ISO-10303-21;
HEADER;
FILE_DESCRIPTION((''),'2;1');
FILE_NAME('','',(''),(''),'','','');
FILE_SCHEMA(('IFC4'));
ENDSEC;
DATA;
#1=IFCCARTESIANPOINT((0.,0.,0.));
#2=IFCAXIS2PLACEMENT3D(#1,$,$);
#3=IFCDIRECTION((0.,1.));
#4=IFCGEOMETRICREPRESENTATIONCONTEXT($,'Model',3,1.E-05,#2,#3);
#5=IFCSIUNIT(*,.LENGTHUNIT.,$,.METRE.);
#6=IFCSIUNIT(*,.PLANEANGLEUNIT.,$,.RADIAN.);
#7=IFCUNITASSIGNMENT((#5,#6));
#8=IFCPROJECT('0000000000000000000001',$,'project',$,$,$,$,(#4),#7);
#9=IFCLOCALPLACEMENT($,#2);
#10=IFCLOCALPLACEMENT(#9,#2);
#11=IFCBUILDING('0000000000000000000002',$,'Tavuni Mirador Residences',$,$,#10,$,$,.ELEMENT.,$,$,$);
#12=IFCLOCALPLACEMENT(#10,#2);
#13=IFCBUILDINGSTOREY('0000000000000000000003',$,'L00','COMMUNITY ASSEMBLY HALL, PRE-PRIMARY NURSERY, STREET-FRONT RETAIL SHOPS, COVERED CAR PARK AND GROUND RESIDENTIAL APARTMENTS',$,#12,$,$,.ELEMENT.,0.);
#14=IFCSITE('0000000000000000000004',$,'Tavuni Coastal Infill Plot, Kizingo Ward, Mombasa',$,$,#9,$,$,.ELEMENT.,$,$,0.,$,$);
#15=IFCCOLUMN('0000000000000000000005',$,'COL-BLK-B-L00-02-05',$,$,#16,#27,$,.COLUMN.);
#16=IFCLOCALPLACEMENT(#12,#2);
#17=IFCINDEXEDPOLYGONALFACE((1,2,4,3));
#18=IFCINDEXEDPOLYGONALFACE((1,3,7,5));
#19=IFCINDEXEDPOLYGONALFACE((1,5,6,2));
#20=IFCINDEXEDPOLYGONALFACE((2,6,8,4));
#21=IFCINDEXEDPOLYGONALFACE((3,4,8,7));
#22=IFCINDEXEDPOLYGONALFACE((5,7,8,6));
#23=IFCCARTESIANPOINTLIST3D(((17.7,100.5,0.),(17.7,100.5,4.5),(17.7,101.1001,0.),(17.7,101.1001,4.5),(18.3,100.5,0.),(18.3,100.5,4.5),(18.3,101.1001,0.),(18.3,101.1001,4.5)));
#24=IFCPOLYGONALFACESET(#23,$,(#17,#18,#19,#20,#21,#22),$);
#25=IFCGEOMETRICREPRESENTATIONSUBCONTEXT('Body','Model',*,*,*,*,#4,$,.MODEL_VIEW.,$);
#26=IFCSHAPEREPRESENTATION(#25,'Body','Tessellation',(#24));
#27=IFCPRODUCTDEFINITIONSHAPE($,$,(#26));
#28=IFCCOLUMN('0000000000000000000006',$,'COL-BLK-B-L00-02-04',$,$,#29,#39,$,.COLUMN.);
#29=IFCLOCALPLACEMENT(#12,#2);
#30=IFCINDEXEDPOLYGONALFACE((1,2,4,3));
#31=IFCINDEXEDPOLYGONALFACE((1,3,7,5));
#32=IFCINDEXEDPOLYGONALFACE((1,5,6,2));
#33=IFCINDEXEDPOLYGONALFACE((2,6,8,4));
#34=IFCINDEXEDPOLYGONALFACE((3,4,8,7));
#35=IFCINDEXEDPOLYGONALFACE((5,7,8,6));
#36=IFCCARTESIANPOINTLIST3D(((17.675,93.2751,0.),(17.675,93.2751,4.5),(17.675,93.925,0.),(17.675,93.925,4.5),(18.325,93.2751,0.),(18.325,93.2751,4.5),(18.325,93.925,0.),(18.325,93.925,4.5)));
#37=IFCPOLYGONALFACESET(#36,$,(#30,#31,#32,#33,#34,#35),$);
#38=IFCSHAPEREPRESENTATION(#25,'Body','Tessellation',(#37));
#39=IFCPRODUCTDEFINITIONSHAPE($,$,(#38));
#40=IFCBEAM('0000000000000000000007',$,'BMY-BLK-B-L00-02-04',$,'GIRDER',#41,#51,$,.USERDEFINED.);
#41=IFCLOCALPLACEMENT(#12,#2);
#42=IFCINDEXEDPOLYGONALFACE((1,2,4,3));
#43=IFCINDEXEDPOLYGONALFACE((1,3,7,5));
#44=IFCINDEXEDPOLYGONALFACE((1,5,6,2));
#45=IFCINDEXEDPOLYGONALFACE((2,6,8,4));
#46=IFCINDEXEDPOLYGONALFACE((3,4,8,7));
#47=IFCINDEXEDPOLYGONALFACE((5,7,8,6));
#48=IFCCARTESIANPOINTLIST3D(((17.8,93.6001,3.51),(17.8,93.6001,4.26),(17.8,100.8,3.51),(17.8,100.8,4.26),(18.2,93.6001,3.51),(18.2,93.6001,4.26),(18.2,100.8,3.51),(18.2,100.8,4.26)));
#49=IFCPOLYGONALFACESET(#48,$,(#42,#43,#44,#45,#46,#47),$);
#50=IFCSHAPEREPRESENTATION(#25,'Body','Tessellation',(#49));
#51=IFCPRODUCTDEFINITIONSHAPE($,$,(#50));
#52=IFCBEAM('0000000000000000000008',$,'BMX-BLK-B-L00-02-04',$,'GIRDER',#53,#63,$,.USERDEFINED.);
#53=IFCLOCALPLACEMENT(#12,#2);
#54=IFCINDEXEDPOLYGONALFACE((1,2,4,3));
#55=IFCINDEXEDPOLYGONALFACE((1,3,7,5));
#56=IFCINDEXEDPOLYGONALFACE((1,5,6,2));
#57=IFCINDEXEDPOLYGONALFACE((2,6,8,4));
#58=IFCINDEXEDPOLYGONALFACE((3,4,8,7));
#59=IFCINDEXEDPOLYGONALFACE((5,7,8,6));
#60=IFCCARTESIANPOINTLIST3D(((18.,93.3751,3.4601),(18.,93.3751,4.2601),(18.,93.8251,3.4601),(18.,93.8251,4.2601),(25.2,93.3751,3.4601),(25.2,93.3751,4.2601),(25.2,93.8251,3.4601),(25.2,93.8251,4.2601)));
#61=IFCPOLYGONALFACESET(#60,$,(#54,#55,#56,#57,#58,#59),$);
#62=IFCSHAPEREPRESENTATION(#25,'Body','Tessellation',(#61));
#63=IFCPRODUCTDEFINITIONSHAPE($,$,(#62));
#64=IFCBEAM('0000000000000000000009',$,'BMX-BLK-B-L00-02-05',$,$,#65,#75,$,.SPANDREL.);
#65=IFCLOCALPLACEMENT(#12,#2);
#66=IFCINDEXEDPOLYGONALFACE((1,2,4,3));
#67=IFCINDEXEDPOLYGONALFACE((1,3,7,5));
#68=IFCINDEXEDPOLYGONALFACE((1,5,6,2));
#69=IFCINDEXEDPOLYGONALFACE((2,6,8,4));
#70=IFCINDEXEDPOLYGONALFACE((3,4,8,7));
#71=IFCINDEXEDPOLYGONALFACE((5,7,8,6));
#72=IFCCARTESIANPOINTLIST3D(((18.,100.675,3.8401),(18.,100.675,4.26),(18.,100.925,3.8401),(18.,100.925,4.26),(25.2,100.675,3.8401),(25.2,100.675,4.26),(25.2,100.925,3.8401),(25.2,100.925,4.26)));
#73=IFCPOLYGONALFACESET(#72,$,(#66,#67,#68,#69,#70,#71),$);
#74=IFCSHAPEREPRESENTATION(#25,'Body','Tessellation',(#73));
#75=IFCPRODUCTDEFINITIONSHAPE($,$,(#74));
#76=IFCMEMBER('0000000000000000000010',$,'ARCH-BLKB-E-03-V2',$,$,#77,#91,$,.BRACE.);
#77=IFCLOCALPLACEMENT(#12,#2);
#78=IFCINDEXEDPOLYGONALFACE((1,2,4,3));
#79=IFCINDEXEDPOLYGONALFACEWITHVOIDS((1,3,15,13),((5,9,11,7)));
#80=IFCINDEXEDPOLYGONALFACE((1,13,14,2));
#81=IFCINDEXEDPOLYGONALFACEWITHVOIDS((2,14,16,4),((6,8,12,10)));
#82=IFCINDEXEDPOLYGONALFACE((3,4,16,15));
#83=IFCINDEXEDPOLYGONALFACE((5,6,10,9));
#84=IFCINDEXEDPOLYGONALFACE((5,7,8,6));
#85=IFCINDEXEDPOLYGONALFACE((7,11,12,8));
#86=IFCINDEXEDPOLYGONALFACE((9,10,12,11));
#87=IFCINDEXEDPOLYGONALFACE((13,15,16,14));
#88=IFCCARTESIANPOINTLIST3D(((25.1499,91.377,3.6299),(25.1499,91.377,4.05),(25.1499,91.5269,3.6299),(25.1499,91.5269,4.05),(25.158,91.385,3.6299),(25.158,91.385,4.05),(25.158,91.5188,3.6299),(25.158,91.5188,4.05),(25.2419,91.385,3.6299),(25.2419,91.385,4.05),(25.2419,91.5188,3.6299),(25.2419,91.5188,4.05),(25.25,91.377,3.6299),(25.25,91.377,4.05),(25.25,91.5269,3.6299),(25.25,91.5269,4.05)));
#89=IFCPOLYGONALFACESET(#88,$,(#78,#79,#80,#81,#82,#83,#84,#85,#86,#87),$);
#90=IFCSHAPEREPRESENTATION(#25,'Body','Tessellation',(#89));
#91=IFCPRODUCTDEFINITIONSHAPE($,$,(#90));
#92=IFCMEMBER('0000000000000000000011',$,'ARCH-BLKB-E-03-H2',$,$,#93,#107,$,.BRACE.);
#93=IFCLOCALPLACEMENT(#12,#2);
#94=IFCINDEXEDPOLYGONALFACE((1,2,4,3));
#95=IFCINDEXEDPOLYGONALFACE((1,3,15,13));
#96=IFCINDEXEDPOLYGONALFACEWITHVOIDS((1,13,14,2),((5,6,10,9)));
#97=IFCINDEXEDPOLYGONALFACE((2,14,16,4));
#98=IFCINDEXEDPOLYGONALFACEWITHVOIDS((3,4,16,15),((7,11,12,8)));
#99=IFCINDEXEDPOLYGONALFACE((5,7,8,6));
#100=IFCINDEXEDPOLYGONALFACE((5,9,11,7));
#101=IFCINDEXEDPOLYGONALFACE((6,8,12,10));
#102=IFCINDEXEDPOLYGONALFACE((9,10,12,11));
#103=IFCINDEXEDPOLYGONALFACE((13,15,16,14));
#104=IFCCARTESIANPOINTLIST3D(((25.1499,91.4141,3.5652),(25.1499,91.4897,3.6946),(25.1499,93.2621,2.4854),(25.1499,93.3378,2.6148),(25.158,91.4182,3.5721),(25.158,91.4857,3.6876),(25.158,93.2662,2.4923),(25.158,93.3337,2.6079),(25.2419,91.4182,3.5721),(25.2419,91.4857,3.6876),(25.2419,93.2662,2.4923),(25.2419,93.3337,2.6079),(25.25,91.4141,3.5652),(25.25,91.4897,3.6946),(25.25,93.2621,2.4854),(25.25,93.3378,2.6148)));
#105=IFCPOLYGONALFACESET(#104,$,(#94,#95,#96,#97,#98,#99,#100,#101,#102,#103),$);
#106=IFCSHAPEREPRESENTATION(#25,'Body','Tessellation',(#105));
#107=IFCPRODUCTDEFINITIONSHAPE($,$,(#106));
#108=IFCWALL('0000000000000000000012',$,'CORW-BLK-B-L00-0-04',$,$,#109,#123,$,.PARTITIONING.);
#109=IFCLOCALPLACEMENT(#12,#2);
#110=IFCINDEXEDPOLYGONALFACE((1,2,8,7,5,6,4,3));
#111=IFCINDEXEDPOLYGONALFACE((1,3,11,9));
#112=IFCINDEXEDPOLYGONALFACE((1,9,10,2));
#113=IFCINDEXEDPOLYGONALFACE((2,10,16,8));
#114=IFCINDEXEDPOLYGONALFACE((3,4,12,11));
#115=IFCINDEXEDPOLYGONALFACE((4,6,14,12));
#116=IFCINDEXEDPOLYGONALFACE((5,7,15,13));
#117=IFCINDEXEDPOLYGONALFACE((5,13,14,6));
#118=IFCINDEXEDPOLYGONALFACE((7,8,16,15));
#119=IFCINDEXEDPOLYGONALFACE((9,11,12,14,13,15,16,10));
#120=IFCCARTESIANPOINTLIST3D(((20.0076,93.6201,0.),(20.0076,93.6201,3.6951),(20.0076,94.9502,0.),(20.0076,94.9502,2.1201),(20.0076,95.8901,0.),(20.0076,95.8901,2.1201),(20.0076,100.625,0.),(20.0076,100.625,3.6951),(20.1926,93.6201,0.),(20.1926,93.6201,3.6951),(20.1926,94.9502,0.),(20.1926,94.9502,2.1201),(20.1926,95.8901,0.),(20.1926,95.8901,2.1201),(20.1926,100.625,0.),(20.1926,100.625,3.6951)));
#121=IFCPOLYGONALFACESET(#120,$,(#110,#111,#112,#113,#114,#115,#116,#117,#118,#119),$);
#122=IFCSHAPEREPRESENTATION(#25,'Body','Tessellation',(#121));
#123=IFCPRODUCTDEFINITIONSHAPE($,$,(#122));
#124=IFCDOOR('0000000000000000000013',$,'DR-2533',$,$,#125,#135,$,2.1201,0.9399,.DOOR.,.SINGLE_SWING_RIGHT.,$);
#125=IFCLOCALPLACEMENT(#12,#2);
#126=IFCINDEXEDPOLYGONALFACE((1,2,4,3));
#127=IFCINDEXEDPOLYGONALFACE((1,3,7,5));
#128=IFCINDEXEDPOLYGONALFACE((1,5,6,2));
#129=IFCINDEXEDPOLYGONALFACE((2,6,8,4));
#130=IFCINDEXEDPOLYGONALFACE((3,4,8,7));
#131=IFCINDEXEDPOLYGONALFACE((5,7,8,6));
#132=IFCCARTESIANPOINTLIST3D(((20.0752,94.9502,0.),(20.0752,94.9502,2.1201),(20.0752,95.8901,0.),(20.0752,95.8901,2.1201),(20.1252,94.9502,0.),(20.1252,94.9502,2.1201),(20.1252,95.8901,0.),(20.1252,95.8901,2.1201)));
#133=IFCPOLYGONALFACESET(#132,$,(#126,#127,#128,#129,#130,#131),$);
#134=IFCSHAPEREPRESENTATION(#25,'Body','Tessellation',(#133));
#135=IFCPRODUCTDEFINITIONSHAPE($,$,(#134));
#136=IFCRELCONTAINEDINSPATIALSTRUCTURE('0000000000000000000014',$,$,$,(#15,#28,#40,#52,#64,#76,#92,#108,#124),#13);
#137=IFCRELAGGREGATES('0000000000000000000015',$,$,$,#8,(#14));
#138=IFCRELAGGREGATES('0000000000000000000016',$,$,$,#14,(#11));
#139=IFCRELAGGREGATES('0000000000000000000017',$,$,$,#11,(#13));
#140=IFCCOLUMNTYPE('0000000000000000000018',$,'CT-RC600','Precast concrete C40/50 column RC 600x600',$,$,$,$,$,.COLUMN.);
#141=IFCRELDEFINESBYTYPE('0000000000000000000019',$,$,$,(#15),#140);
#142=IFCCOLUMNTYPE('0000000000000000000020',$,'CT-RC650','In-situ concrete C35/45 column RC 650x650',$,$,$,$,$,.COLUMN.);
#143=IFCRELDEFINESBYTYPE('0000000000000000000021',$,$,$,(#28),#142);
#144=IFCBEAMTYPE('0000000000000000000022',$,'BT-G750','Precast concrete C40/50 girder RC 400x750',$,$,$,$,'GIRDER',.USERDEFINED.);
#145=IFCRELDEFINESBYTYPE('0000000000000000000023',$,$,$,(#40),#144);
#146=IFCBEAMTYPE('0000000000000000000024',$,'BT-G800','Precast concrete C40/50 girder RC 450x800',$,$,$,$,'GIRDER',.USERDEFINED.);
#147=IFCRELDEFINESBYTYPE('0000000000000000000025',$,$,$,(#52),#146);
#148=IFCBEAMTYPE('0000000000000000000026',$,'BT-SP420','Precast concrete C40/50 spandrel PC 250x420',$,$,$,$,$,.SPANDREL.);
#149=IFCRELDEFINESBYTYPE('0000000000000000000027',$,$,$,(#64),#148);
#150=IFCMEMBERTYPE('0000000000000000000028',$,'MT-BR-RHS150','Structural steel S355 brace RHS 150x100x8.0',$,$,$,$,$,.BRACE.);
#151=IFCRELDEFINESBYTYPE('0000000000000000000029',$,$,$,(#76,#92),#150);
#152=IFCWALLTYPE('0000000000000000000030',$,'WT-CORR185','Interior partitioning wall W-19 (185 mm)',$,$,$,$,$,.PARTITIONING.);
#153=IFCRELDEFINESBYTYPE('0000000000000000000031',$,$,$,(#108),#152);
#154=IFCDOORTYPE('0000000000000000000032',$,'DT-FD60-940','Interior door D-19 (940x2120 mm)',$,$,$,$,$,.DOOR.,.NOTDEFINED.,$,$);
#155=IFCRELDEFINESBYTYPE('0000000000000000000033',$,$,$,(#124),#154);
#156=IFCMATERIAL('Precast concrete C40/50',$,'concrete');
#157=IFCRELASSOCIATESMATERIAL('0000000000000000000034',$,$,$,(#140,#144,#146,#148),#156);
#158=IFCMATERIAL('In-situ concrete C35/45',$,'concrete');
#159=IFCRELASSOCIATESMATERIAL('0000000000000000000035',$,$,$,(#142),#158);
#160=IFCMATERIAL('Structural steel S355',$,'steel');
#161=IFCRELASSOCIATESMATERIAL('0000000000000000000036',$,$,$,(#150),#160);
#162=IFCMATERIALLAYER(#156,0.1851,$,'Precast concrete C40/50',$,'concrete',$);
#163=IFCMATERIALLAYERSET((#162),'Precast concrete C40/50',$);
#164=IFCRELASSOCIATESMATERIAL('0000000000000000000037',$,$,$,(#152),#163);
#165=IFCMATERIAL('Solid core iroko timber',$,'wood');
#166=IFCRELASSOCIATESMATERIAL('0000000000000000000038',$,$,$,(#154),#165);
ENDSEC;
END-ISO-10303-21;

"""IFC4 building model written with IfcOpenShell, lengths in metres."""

from ifc_helpers import new_model, si_unit, direction, frame, frame_2d, origin, origin_2d, place, context, subcontext, project, spatial, rectangle, hollow_rectangle, extrude, material, layer, layer_set, material_profile, profile_set, type_object, element, fill, save


model = new_model("IFC4")

# Units and contexts
model_context = context("Model", 3, precision=1e-05, world=origin(), true_north=direction((0.0, 1.0)))
body_context = subcontext(model_context, "Body", "Model", "MODEL_VIEW")
ifc_project = project(units=[si_unit("LENGTHUNIT", "METRE"), si_unit("PLANEANGLEUNIT", "RADIAN")], contexts=[model_context])

# Site, building, storey
site_placement = place(None, origin())
site = spatial("IfcSite", under=ifc_project, at=site_placement, Name="Tavuni Coastal Infill Plot, Kizingo Ward, Mombasa", CompositionType="ELEMENT", RefElevation=0.0)
building_placement = place(site_placement, origin())
building = spatial("IfcBuilding", under=site, at=building_placement, Name="Tavuni Mirador Residences", CompositionType="ELEMENT")
storey_placement = place(building_placement, origin())
storey = spatial("IfcBuildingStorey", under=building, at=storey_placement, Name="L00", Description="COMMUNITY ASSEMBLY HALL, PRE-PRIMARY NURSERY, STREET-FRONT RETAIL SHOPS, COVERED CAR PARK AND GROUND RESIDENTIAL APARTMENTS", CompositionType="ELEMENT", Elevation=0.0)

# Columns
ifc_material_1 = material(Name="Precast concrete C40/50", Category="concrete")
ifc_material_profile_1 = material_profile(ifc_material_1, rectangle(XDim=0.6001, YDim=0.6001, at=origin_2d()), Name="RC 600x600", Category="concrete")
ifc_profile_set_1 = profile_set([ifc_material_profile_1], Name="Precast concrete C40/50")
column_type_1 = type_object("IfcColumnType", Name="CT-RC600", Description="Precast concrete C40/50 column RC 600x600", PredefinedType="COLUMN", material=ifc_profile_set_1)
column_1_placement = place(storey_placement, frame((18.0, 100.8, 0.0), z_axis=(0.0, 0.0, 1.0), x_axis=(1.0, 0.0, 0.0)))
element("IfcColumn", 1, at=column_1_placement, inside=storey, type_object=column_type_1, Name="COL-BLK-B-L00-02-05", PredefinedType="COLUMN", context=body_context, shape_type="SweptSolid", body=[
    extrude(rectangle(XDim=0.6001, YDim=0.6001, at=origin_2d()), origin(), (0.0, 0.0, 1.0), 4.5),
])
ifc_material_2 = material(Name="In-situ concrete C35/45", Category="concrete")
ifc_material_profile_2 = material_profile(ifc_material_2, rectangle(XDim=0.6499, YDim=0.6499, at=origin_2d()), Name="RC 650x650", Category="concrete")
ifc_profile_set_2 = profile_set([ifc_material_profile_2], Name="In-situ concrete C35/45")
column_type_2 = type_object("IfcColumnType", Name="CT-RC650", Description="In-situ concrete C35/45 column RC 650x650", PredefinedType="COLUMN", material=ifc_profile_set_2)
column_2_placement = place(storey_placement, frame((18.0, 93.6001, 0.0), z_axis=(0.0, 0.0, 1.0), x_axis=(1.0, 0.0, 0.0)))
element("IfcColumn", 2, at=column_2_placement, inside=storey, type_object=column_type_2, Name="COL-BLK-B-L00-02-04", PredefinedType="COLUMN", context=body_context, shape_type="SweptSolid", body=[
    extrude(rectangle(XDim=0.6499, YDim=0.6499, at=origin_2d()), origin(), (0.0, 0.0, 1.0), 4.5),
])

# Beams
ifc_material_profile_3 = material_profile(ifc_material_1, rectangle(XDim=0.3999, YDim=0.75, at=origin_2d()), Name="RC 400x750", Category="concrete")
ifc_profile_set_3 = profile_set([ifc_material_profile_3], Name="Precast concrete C40/50")
beam_type_1 = type_object("IfcBeamType", Name="BT-G750", Description="Precast concrete C40/50 girder RC 400x750", ElementType="GIRDER", PredefinedType="USERDEFINED", material=ifc_profile_set_3)
beam_1_placement = place(storey_placement, frame((18.0, 93.6001, 3.885), z_axis=(0.0, 1.0, 0.0), x_axis=(-1.0, 0.0, 0.0)))
element("IfcBeam", 3, at=beam_1_placement, inside=storey, type_object=beam_type_1, Name="BMY-BLK-B-L00-02-04", ObjectType="GIRDER", PredefinedType="USERDEFINED", context=body_context, shape_type="SweptSolid", body=[
    extrude(rectangle(XDim=0.3999, YDim=0.75, at=origin_2d()), origin(), (0.0, 0.0, 1.0), 7.2),
])
ifc_material_profile_4 = material_profile(ifc_material_1, rectangle(XDim=0.45, YDim=0.8, at=origin_2d()), Name="RC 450x800", Category="concrete")
ifc_profile_set_4 = profile_set([ifc_material_profile_4], Name="Precast concrete C40/50")
beam_type_2 = type_object("IfcBeamType", Name="BT-G800", Description="Precast concrete C40/50 girder RC 450x800", ElementType="GIRDER", PredefinedType="USERDEFINED", material=ifc_profile_set_4)
beam_2_placement = place(storey_placement, frame((18.0, 93.6001, 3.8601), z_axis=(1.0, 0.0, 0.0), x_axis=(0.0, 1.0, 0.0)))
element("IfcBeam", 4, at=beam_2_placement, inside=storey, type_object=beam_type_2, Name="BMX-BLK-B-L00-02-04", ObjectType="GIRDER", PredefinedType="USERDEFINED", context=body_context, shape_type="SweptSolid", body=[
    extrude(rectangle(XDim=0.45, YDim=0.8, at=origin_2d()), origin(), (0.0, 0.0, 1.0), 7.2),
])
ifc_material_profile_5 = material_profile(ifc_material_1, rectangle(XDim=0.25, YDim=0.4199, at=origin_2d()), Name="PC 250x420", Category="concrete")
ifc_profile_set_5 = profile_set([ifc_material_profile_5], Name="Precast concrete C40/50")
beam_type_3 = type_object("IfcBeamType", Name="BT-SP420", Description="Precast concrete C40/50 spandrel PC 250x420", PredefinedType="SPANDREL", material=ifc_profile_set_5)
beam_3_placement = place(storey_placement, frame((18.0, 100.8, 4.05), z_axis=(1.0, 0.0, 0.0), x_axis=(0.0, 1.0, 0.0)))
element("IfcBeam", 5, at=beam_3_placement, inside=storey, type_object=beam_type_3, Name="BMX-BLK-B-L00-02-05", PredefinedType="SPANDREL", context=body_context, shape_type="SweptSolid", body=[
    extrude(rectangle(XDim=0.25, YDim=0.4199, at=origin_2d()), origin(), (0.0, 0.0, 1.0), 7.2),
])

# Members
ifc_material_3 = material(Name="Structural steel S355", Category="steel")
ifc_material_profile_6 = material_profile(ifc_material_3, hollow_rectangle(XDim=0.1001, YDim=0.1499, WallThickness=0.0081, at=origin_2d()), Name="RHS 150x100x8.0", Category="steel")
ifc_profile_set_6 = profile_set([ifc_material_profile_6], Name="Structural steel S355")
member_type = type_object("IfcMemberType", Name="MT-BR-RHS150", Description="Structural steel S355 brace RHS 150x100x8.0", PredefinedType="BRACE", material=ifc_profile_set_6)
member_1_placement = place(storey_placement, frame((25.2, 91.4519, 3.6299), z_axis=(0.0, 0.0, 1.0), x_axis=(1.0, 0.0, 0.0)))
element("IfcMember", 6, at=member_1_placement, inside=storey, type_object=member_type, Name="ARCH-BLKB-E-03-V2", PredefinedType="BRACE", context=body_context, shape_type="SweptSolid", body=[
    extrude(hollow_rectangle(XDim=0.1001, YDim=0.1499, WallThickness=0.0081, at=origin_2d()), origin(), (0.0, 0.0, 1.0), 0.4202),
])
member_2_placement = place(storey_placement, frame((25.2, 91.4519, 3.6299), z_axis=(0.0, 0.863423, -0.504481), x_axis=(-1.0, 0.0, 0.0)))
element("IfcMember", 7, at=member_2_placement, inside=storey, type_object=member_type, Name="ARCH-BLKB-E-03-H2", PredefinedType="BRACE", context=body_context, shape_type="SweptSolid", body=[
    extrude(hollow_rectangle(XDim=0.1001, YDim=0.1499, WallThickness=0.0081, at=origin_2d()), origin(), (0.0, 0.0, 1.0), 2.1404),
])

# Wall, opening, door
ifc_layer_1 = layer(ifc_material_1, 0.1851, Name="Precast concrete C40/50", Category="concrete")
ifc_layer_set_1 = layer_set([ifc_layer_1], Name="Precast concrete C40/50")
wall_type_1 = type_object("IfcWallType", Name="WT-CORR185", Description="Interior partitioning wall W-19 (185 mm)", PredefinedType="PARTITIONING", material=ifc_layer_set_1)
wall_1_placement = place(storey_placement, frame((20.1001, 93.6201, 0.0), z_axis=(0.0, 0.0, 1.0), x_axis=(0.0, 1.0, 0.0)))
wall_1 = element("IfcWall", 8, at=wall_1_placement, inside=storey, type_object=wall_type_1, Name="CORW-BLK-B-L00-0-04", PredefinedType="PARTITIONING", context=body_context, shape_type="SweptSolid", body=[
    extrude(rectangle(XDim=7.0049, YDim=0.1851, at=frame_2d((3.5024, 0.0))), origin(), (0.0, 0.0, 1.0), 3.6951),
])
opening_1_placement = place(wall_1_placement, frame((1.3301, 0.0, 0.0)))
opening_1 = element("IfcOpeningElement", 9, at=opening_1_placement, cuts=wall_1, PredefinedType="OPENING", context=body_context, shape_type="SweptSolid", body=[
    extrude(rectangle(XDim=0.9399, YDim=2.1201, at=frame_2d((0.47, 1.0601))), frame((0.0, 0.1025, 0.0), z_axis=(0.0, -1.0, 0.0), x_axis=(1.0, 0.0, 0.0)), (0.0, 0.0, 1.0), 0.2051),
])
ifc_material_4 = material(Name="Solid core iroko timber", Category="wood")
door_type_1 = type_object("IfcDoorType", Name="DT-FD60-940", Description="Interior door D-19 (940x2120 mm)", OperationType="NOTDEFINED", PredefinedType="DOOR", material=ifc_material_4)
door_1_placement = place(opening_1_placement, origin())
door_1 = element("IfcDoor", 10, at=door_1_placement, inside=storey, type_object=door_type_1, Name="DR-2533", OperationType="SINGLE_SWING_RIGHT", OverallHeight=2.1201, OverallWidth=0.9399, PredefinedType="DOOR", context=body_context, shape_type="SweptSolid", body=[
    extrude(rectangle(XDim=0.9399, YDim=2.1201, at=frame_2d((0.47, 1.0601))), frame((0.0, 0.0249, 0.0), z_axis=(0.0, -1.0, 0.0), x_axis=(1.0, 0.0, 0.0)), (0.0, 0.0, 1.0), 0.05),
])
fill(opening_1, door_1)

save(model, "model.ifc")
